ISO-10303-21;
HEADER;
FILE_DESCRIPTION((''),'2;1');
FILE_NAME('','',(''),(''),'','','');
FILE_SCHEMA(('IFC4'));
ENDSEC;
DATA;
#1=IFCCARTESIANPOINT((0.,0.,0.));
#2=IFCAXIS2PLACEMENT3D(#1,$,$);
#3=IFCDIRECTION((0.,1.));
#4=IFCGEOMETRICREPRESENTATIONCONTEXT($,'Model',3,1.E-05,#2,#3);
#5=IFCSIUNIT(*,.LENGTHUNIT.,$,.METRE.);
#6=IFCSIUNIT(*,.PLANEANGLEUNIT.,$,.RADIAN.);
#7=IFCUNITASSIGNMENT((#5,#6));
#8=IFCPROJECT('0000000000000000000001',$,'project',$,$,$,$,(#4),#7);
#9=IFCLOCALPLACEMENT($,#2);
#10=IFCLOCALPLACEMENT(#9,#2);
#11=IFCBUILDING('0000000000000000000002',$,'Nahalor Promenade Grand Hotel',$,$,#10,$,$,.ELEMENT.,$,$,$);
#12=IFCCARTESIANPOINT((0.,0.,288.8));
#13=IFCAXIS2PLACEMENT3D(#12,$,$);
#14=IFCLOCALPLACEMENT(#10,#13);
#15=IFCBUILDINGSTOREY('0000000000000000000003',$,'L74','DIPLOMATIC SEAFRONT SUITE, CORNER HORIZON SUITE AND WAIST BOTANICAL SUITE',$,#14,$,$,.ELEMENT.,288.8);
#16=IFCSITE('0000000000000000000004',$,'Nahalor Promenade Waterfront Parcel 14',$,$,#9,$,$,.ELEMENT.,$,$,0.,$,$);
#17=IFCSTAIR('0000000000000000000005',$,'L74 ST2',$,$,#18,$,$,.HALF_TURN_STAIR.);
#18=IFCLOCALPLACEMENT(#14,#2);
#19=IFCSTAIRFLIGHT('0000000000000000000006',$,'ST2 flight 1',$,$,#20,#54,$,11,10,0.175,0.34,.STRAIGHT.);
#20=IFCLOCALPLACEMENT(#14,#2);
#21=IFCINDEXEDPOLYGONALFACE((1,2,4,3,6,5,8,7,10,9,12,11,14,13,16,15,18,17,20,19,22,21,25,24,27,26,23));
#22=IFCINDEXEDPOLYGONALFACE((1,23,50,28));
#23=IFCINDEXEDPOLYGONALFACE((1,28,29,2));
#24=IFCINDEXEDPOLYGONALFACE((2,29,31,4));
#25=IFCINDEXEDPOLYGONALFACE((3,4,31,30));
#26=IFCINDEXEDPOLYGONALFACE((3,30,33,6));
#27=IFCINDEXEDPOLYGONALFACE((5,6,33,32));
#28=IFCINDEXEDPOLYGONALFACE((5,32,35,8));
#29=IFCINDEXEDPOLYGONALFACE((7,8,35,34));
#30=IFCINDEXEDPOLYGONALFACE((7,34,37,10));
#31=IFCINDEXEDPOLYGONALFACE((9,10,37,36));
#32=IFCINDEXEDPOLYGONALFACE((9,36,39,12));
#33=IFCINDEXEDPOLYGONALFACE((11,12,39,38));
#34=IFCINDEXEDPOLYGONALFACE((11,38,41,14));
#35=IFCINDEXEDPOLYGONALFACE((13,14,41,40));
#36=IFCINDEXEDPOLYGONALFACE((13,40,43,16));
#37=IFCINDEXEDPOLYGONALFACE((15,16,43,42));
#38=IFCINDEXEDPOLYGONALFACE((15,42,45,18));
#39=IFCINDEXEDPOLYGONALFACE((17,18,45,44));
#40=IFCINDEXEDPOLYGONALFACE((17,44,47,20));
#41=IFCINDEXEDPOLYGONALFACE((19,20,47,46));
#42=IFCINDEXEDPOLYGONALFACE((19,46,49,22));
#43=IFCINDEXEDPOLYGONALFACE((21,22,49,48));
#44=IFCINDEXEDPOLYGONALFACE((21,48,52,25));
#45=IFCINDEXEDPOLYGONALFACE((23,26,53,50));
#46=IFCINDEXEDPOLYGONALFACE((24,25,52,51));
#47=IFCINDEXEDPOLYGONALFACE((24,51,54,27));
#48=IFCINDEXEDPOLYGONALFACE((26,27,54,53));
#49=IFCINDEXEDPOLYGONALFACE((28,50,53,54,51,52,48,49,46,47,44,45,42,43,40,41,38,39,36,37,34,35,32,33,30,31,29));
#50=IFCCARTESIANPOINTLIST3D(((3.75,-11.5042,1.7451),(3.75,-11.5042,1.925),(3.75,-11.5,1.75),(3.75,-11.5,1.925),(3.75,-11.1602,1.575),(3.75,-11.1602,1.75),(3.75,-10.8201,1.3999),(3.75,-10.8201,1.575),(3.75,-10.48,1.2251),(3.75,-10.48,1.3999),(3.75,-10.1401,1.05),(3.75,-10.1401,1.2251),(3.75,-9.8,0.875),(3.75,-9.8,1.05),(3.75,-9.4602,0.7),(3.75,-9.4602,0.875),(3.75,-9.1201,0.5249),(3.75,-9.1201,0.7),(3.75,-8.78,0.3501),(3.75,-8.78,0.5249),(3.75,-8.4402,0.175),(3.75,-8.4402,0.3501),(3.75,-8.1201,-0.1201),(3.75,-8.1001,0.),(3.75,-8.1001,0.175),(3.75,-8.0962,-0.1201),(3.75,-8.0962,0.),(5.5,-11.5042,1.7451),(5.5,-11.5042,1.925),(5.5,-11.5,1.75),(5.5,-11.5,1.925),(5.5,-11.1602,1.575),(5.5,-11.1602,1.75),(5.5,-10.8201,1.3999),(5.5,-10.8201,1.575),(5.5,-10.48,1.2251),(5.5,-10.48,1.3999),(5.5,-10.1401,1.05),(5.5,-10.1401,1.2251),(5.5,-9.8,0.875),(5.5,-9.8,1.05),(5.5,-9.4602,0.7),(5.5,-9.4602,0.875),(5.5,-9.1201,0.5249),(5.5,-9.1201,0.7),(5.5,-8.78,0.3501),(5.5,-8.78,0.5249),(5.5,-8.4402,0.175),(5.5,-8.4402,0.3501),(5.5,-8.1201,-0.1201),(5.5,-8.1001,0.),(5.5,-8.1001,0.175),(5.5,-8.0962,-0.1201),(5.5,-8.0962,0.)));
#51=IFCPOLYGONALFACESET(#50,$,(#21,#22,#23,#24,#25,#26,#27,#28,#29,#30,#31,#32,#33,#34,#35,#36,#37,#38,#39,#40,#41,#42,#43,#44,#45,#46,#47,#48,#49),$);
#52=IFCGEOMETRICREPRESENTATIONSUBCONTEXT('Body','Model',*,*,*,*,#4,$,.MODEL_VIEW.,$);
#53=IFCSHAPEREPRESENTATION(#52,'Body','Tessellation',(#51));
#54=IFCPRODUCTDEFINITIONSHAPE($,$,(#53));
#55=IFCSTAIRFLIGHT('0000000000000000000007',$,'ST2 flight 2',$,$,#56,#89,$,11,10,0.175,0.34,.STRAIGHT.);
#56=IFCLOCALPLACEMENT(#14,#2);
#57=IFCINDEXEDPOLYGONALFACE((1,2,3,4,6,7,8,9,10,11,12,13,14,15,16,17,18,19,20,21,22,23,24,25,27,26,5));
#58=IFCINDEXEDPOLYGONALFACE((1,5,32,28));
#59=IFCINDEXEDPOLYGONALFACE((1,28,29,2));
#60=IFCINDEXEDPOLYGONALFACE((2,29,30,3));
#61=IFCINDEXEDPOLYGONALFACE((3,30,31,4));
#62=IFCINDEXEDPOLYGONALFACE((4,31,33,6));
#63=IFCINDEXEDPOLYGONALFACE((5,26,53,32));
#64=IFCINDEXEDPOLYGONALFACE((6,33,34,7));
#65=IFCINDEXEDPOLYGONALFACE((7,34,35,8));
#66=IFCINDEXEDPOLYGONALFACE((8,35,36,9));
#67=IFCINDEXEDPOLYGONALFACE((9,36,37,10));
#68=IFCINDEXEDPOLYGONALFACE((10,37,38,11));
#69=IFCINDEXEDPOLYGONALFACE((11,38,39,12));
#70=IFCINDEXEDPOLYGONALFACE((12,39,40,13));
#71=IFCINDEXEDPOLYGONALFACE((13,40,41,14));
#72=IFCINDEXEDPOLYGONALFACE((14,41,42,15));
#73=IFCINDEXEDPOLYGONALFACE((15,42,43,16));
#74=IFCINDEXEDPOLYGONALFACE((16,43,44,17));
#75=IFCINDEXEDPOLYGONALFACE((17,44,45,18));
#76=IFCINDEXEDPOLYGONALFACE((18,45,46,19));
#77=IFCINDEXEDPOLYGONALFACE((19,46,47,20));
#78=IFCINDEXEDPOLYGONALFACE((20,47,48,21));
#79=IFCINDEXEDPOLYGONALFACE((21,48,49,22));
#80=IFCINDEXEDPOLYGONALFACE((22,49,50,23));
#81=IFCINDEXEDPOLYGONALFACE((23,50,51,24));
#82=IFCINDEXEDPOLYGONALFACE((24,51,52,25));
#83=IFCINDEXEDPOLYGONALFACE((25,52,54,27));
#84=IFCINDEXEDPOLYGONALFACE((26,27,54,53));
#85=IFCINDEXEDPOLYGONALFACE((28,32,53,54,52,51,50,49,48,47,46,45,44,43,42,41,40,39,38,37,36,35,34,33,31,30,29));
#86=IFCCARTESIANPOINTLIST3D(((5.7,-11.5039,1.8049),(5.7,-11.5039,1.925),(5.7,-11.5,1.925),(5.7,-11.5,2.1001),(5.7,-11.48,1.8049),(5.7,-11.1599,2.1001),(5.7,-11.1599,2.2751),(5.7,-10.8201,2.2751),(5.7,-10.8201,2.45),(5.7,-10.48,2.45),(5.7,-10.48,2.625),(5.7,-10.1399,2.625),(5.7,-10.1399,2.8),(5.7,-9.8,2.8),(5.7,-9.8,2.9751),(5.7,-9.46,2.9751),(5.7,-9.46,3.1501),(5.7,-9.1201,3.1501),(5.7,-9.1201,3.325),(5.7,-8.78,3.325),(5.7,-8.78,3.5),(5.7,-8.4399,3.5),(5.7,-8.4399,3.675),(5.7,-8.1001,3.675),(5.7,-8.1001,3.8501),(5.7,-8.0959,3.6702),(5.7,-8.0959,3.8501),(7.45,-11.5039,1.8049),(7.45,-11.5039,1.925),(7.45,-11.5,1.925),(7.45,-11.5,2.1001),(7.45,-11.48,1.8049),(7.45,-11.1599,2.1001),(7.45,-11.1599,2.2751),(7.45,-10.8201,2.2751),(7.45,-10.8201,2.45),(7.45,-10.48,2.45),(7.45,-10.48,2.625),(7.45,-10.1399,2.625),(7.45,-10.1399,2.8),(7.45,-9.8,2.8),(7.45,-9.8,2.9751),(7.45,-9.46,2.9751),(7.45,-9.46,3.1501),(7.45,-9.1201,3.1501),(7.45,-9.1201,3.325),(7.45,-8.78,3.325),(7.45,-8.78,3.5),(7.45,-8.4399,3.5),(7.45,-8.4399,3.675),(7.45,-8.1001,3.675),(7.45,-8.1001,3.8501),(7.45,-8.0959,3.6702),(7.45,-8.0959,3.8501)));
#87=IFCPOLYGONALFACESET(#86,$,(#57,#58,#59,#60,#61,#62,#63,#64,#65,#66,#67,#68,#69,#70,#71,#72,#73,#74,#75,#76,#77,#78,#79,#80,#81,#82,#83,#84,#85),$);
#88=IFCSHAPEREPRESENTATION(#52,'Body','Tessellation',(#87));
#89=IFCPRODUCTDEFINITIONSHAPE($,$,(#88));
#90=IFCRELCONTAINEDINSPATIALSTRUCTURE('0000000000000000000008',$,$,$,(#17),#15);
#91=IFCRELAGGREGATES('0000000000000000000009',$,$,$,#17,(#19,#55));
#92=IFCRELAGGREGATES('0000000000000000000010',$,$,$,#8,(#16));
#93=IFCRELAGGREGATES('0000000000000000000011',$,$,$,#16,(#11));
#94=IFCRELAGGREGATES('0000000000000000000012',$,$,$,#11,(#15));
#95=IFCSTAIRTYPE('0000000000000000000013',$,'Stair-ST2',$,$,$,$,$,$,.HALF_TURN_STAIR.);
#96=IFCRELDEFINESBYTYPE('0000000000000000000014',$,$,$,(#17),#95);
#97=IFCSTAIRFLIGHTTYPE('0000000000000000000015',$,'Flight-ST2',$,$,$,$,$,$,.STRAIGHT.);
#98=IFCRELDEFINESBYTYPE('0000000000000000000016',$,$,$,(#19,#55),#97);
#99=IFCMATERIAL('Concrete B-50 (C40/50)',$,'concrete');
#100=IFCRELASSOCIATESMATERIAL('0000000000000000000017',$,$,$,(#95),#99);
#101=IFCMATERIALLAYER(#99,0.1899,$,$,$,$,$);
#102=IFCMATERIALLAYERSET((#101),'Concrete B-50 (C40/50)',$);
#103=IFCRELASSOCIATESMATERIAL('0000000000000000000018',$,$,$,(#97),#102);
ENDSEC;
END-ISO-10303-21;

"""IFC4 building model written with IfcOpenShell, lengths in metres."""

from ifc_helpers import new_model, si_unit, direction, frame, origin, place, context, subcontext, project, spatial, polyline, outline, extrude, source, transform, mapped, material, layer, layer_set, type_object, element, aggregate, save


model = new_model("IFC4")

# Units and contexts
model_context = context("Model", 3, precision=1e-05, world=origin(), true_north=direction((0.0, 1.0)))
body_context = subcontext(model_context, "Body", "Model", "MODEL_VIEW")
ifc_project = project(units=[si_unit("LENGTHUNIT", "METRE"), si_unit("PLANEANGLEUNIT", "RADIAN")], contexts=[model_context])

# Site, building, storey
site_placement = place(None, origin())
site = spatial("IfcSite", under=ifc_project, at=site_placement, Name="Nahalor Promenade Waterfront Parcel 14", CompositionType="ELEMENT", RefElevation=0.0)
building_placement = place(site_placement, origin())
building = spatial("IfcBuilding", under=site, at=building_placement, Name="Nahalor Promenade Grand Hotel", CompositionType="ELEMENT")
storey_placement = place(building_placement, frame((0.0, 0.0, 288.8)))
storey = spatial("IfcBuildingStorey", under=building, at=storey_placement, Name="L74", Description="DIPLOMATIC SEAFRONT SUITE, CORNER HORIZON SUITE AND WAIST BOTANICAL SUITE", CompositionType="ELEMENT", Elevation=288.8)

# Shared definitions
ifc_material_1 = material(Name="Concrete B-50 (C40/50)", Category="concrete")

# Stair, stair flights
stair_type = type_object("IfcStairType", Name="Stair-ST2", PredefinedType="HALF_TURN_STAIR", material=ifc_material_1)
stair_placement = place(storey_placement, origin())
stair = element("IfcStair", 1, at=stair_placement, inside=storey, type_object=stair_type, Name="L74 ST2", PredefinedType="HALF_TURN_STAIR")
ifc_layer_1 = layer(ifc_material_1, 0.1899)
ifc_layer_set_1 = layer_set([ifc_layer_1], Name="Concrete B-50 (C40/50)")
stair_flight_type = type_object("IfcStairFlightType", Name="Flight-ST2", PredefinedType="STRAIGHT", material=ifc_layer_set_1)
shared_shape_1 = source(origin(), body_context, "Body", "SweptSolid", [
    extrude(outline(polyline([(-0.0039, -0.1201), (-0.0039, 0.0), (0.0, 0.0), (0.0, 0.175), (0.3401, 0.175), (0.3401, 0.3501), (0.6799, 0.3501), (0.6799, 0.5249), (1.02, 0.5249), (1.02, 0.7), (1.3601, 0.7), (1.3601, 0.875), (1.7, 0.875), (1.7, 1.05), (2.04, 1.05), (2.04, 1.2251), (2.3799, 1.2251), (2.3799, 1.3999), (2.72, 1.3999), (2.72, 1.575), (3.0601, 1.575), (3.0601, 1.75), (3.3999, 1.75), (3.3999, 1.925), (3.4041, 1.925), (3.4041, 1.7451), (0.02, -0.1201), (-0.0039, -0.1201)])), frame((0.0, 0.875, 0.0), z_axis=(0.0, -1.0, 0.0), x_axis=(1.0, 0.0, 0.0)), (0.0, 0.0, 1.0), 1.75),
])
stair_flight_1_placement = place(storey_placement, frame((4.625, -8.1001, 0.0), z_axis=(0.0, 0.0, 1.0), x_axis=(0.0, -1.0, 0.0)))
stair_flight_1 = element("IfcStairFlight", 2, at=stair_flight_1_placement, type_object=stair_flight_type, Name="ST2 flight 1", NumberOfRisers=11, NumberOfTreads=10, PredefinedType="STRAIGHT", RiserHeight=0.175, TreadLength=0.34, context=body_context, shape_type="MappedRepresentation", body=[
    mapped(shared_shape_1, transform((0.0, 0.0, 0.0), scale=1.0)),
])
stair_flight_2_placement = place(storey_placement, frame((6.575, -11.5, 1.925), z_axis=(0.0, 0.0, 1.0), x_axis=(0.0, 1.0, 0.0)))
stair_flight_2 = element("IfcStairFlight", 3, at=stair_flight_2_placement, type_object=stair_flight_type, Name="ST2 flight 2", NumberOfRisers=11, NumberOfTreads=10, PredefinedType="STRAIGHT", RiserHeight=0.175, TreadLength=0.34, context=body_context, shape_type="MappedRepresentation", body=[
    mapped(shared_shape_1, transform((0.0, 0.0, 0.0), scale=1.0)),
])
aggregate(stair, [stair_flight_1, stair_flight_2])

save(model, "model.ifc")
